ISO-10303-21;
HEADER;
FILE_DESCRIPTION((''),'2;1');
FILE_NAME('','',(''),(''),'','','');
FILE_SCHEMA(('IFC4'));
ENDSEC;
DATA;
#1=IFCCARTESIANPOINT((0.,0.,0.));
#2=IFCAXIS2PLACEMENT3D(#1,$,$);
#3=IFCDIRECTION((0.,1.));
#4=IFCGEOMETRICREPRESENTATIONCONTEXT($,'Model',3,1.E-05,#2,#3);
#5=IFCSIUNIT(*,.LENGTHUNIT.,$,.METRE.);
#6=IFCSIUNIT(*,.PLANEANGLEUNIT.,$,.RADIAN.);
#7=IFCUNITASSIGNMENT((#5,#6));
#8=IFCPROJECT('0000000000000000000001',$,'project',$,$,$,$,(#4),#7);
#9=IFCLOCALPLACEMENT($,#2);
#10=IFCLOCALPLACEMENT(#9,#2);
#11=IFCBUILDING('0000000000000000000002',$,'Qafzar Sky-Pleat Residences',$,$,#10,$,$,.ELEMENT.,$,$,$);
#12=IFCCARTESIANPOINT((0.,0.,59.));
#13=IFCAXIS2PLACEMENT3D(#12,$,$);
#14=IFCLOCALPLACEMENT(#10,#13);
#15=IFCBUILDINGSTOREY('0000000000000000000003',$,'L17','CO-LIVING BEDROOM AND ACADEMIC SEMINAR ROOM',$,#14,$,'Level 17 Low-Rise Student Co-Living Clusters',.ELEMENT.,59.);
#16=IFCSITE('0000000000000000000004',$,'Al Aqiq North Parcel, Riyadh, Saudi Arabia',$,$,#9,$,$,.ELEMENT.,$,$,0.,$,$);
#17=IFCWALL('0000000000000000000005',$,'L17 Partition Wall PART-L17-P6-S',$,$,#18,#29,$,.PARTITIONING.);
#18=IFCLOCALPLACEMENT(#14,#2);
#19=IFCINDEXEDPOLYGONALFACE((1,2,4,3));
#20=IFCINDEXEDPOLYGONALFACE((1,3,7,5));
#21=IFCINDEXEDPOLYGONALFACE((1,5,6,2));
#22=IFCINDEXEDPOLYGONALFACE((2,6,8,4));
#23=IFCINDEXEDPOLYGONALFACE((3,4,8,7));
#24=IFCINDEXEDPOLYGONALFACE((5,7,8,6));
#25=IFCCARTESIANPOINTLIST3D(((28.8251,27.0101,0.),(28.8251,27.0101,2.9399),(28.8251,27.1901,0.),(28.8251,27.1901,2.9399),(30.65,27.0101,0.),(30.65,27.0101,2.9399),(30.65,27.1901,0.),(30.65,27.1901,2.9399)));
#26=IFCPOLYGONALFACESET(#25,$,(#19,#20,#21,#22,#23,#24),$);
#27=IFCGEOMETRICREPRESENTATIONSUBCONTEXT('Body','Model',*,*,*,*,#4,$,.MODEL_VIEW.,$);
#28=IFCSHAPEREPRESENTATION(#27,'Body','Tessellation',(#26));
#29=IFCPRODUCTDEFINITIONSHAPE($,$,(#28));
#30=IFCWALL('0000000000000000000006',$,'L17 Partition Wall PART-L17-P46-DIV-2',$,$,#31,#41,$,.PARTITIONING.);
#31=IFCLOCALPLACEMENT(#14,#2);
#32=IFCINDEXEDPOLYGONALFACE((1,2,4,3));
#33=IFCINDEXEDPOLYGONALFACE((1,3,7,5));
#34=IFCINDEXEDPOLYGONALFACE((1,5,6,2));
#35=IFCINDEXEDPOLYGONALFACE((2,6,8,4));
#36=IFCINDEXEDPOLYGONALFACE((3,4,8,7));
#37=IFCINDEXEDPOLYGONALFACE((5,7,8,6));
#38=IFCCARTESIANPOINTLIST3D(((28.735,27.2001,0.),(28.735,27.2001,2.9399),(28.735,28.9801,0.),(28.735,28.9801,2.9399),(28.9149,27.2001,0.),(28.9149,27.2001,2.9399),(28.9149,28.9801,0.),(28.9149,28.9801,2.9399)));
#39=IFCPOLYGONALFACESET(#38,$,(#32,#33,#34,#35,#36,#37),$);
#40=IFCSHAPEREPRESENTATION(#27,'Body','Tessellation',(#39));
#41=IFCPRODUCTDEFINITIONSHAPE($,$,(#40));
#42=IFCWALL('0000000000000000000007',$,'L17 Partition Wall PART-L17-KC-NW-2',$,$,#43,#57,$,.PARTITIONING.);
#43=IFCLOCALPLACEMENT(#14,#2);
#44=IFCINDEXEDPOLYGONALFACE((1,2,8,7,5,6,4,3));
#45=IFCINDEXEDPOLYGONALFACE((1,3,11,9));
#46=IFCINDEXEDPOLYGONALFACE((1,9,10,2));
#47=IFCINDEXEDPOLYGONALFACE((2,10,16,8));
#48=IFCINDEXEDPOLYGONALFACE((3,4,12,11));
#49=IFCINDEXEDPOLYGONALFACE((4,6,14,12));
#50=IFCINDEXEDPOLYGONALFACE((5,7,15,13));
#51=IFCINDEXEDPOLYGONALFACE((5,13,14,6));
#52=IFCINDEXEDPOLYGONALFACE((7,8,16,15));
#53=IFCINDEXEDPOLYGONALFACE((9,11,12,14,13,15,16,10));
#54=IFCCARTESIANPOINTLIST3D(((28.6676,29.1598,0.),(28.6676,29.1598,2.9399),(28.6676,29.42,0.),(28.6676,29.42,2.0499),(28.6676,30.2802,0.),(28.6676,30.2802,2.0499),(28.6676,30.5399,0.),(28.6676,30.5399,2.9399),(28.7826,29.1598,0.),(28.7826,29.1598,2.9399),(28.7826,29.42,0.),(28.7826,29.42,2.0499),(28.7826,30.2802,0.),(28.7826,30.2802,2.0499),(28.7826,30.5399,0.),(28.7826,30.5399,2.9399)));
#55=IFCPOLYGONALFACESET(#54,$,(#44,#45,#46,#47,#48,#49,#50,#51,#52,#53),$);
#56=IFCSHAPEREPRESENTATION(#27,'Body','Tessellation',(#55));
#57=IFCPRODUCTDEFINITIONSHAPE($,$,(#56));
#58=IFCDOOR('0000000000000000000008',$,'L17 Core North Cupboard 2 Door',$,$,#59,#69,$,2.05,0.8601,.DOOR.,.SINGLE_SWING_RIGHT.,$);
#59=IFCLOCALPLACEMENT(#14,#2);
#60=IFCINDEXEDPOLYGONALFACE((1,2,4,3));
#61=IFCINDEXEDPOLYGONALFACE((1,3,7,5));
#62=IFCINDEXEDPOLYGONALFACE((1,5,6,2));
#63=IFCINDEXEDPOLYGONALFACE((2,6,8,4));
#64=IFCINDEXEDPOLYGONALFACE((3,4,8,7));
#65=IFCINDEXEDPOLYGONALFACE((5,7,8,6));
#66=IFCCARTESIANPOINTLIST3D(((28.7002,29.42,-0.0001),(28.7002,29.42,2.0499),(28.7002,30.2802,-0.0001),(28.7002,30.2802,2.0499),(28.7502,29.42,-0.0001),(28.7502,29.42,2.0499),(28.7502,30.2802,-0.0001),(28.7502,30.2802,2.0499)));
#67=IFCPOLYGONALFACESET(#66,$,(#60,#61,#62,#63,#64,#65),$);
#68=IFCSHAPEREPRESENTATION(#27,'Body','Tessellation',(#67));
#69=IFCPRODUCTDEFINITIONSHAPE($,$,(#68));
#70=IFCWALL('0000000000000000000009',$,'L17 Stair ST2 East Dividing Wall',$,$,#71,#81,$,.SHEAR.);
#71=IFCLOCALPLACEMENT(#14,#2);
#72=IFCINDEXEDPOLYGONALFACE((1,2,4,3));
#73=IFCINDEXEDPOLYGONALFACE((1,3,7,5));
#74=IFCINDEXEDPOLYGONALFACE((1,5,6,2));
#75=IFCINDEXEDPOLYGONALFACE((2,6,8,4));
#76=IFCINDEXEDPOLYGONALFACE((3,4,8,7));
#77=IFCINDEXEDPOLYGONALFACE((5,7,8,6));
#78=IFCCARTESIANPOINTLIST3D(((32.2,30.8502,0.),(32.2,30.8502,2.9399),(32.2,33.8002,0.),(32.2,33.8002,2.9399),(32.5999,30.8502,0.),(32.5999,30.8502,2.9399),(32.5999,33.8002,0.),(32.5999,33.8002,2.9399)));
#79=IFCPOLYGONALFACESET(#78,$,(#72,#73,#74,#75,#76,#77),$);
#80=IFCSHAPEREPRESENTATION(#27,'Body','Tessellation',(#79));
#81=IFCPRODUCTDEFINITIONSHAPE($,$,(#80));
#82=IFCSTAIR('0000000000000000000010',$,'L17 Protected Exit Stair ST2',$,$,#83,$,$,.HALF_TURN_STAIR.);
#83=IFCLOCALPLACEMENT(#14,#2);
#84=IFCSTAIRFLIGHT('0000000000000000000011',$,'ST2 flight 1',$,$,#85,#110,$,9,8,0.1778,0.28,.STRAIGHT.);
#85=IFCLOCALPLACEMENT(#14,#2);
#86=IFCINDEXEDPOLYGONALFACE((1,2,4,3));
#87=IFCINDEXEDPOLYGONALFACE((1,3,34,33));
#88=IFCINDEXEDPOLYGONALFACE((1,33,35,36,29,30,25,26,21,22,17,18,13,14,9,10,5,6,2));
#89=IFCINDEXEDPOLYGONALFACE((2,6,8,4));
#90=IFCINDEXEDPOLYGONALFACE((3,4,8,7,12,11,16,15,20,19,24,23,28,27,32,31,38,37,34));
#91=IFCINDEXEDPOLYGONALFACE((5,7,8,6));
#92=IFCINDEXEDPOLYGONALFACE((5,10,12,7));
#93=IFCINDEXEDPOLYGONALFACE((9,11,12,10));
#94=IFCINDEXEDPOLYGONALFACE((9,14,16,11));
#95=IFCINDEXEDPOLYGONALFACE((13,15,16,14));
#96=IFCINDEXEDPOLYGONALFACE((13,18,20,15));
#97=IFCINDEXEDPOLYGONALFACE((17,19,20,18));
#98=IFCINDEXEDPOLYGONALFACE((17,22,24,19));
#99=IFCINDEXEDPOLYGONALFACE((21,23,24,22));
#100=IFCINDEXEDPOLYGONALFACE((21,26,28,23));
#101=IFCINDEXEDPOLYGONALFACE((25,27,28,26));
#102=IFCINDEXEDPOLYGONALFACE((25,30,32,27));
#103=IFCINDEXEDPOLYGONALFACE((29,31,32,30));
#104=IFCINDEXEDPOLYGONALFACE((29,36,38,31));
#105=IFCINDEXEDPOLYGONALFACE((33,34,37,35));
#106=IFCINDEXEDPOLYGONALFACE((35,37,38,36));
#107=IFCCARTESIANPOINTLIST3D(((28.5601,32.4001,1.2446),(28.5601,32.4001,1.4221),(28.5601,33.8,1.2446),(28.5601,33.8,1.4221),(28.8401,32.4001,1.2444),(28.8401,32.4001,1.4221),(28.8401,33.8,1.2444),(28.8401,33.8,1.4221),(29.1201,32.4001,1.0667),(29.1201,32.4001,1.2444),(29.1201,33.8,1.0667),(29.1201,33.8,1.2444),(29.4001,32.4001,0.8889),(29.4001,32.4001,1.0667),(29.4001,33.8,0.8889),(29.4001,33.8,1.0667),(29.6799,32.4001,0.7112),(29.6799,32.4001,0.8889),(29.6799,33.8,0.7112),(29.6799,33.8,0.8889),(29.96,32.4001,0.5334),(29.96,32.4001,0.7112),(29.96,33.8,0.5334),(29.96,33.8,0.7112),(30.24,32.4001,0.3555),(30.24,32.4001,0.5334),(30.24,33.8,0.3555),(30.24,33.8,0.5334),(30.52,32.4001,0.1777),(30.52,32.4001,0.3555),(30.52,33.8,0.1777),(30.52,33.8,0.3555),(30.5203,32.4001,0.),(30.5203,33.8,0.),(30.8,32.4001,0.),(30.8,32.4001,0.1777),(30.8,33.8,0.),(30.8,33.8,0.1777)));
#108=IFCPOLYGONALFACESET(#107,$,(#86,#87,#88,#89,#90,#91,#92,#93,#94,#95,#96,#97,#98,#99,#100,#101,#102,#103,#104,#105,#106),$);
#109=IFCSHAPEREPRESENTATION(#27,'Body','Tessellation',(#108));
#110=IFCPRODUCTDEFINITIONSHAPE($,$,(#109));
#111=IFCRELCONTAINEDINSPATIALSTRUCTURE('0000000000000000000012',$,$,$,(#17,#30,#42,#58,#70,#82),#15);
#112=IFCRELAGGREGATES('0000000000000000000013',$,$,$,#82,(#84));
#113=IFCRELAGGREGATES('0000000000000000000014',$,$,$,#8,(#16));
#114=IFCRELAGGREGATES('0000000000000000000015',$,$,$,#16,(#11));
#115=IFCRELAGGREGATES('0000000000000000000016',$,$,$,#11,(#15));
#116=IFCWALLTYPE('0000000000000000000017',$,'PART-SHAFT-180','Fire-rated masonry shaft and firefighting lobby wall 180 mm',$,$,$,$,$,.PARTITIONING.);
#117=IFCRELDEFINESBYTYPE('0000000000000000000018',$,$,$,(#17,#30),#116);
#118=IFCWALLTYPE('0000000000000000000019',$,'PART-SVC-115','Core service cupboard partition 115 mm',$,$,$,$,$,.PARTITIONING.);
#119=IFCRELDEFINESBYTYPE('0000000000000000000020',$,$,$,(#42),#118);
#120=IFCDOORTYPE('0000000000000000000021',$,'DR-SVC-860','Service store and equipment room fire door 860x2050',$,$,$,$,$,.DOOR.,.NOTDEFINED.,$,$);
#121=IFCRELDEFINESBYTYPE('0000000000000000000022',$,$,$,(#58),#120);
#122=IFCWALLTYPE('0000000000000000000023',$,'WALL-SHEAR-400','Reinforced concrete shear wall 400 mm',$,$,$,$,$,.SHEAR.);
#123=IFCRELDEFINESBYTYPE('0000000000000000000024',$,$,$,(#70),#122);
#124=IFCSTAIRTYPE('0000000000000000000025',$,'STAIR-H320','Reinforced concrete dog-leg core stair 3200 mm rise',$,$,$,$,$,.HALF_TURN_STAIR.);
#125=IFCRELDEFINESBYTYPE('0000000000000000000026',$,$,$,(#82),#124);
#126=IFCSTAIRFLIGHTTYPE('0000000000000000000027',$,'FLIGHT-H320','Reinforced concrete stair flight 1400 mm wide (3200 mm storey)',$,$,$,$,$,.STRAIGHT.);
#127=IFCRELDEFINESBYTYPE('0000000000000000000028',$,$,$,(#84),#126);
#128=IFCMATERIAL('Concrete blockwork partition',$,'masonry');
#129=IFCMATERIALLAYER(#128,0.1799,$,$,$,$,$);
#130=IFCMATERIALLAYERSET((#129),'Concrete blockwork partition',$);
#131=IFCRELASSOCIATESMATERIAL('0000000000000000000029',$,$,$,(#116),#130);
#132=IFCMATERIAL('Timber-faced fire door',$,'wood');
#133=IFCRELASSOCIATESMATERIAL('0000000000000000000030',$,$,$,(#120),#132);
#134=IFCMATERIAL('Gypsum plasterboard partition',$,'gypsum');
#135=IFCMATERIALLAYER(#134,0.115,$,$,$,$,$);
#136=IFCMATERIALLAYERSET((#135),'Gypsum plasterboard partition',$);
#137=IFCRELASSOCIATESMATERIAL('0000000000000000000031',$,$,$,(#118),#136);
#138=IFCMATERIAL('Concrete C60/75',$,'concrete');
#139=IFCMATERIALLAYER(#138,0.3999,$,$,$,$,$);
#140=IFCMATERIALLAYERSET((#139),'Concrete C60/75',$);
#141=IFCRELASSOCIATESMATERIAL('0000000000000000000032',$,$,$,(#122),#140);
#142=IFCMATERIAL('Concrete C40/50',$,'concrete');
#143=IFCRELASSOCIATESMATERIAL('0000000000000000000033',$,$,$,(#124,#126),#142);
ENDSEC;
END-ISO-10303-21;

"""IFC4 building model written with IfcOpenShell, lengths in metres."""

from ifc_helpers import new_model, si_unit, direction, frame, frame_2d, origin, place, context, subcontext, project, spatial, polyline, rectangle, outline, extrude, source, transform, mapped, material, layer, layer_set, type_object, element, fill, aggregate, save


model = new_model("IFC4")

# Units and contexts
model_context = context("Model", 3, precision=1e-05, world=origin(), true_north=direction((0.0, 1.0)))
body_context = subcontext(model_context, "Body", "Model", "MODEL_VIEW")
ifc_project = project(units=[si_unit("LENGTHUNIT", "METRE"), si_unit("PLANEANGLEUNIT", "RADIAN")], contexts=[model_context])

# Site, building, storey
site_placement = place(None, origin())
site = spatial("IfcSite", under=ifc_project, at=site_placement, Name="Al Aqiq North Parcel, Riyadh, Saudi Arabia", CompositionType="ELEMENT", RefElevation=0.0)
building_placement = place(site_placement, origin())
building = spatial("IfcBuilding", under=site, at=building_placement, Name="Qafzar Sky-Pleat Residences", CompositionType="ELEMENT")
storey_placement = place(building_placement, frame((0.0, 0.0, 59.0)))
storey = spatial("IfcBuildingStorey", under=building, at=storey_placement, Name="L17", Description="CO-LIVING BEDROOM AND ACADEMIC SEMINAR ROOM", LongName="Level 17 Low-Rise Student Co-Living Clusters", CompositionType="ELEMENT", Elevation=59.0)

# Shared definitions
ifc_material_1 = material(Name="Timber-faced fire door", Category="wood")
ifc_material_2 = material(Name="Concrete blockwork partition", Category="masonry")
ifc_layer_1 = layer(ifc_material_2, 0.1799)
ifc_layer_set_1 = layer_set([ifc_layer_1], Name="Concrete blockwork partition")
wall_type_1 = type_object("IfcWallType", Name="PART-SHAFT-180", Description="Fire-rated masonry shaft and firefighting lobby wall 180 mm", PredefinedType="PARTITIONING", material=ifc_layer_set_1)
door_type_1 = type_object("IfcDoorType", Name="DR-SVC-860", Description="Service store and equipment room fire door 860x2050", OperationType="NOTDEFINED", PredefinedType="DOOR", material=ifc_material_1)
shared_shape_1 = source(origin(), body_context, "Body", "SweptSolid", [
    extrude(rectangle(XDim=0.8601, YDim=2.05, at=frame_2d((0.4302, 1.0249))), frame((0.0, 0.0249, 0.0), z_axis=(0.0, -1.0, 0.0), x_axis=(1.0, 0.0, 0.0)), (0.0, 0.0, 1.0), 0.05),
])

# Walls
wall_1_placement = place(storey_placement, frame((28.825, 27.1001, 0.0), z_axis=(0.0, 0.0, 1.0), x_axis=(1.0, 0.0, 0.0)))
element("IfcWall", 1, at=wall_1_placement, inside=storey, type_object=wall_type_1, Name="L17 Partition Wall PART-L17-P6-S", PredefinedType="PARTITIONING", context=body_context, shape_type="SweptSolid", body=[
    extrude(rectangle(XDim=1.825, YDim=0.1799, at=frame_2d((0.9126, 0.0))), origin(), (0.0, 0.0, 1.0), 2.9399),
])
wall_2_placement = place(storey_placement, frame((28.825, 27.2, 0.0), z_axis=(0.0, 0.0, 1.0), x_axis=(0.0, 1.0, 0.0)))
element("IfcWall", 2, at=wall_2_placement, inside=storey, type_object=wall_type_1, Name="L17 Partition Wall PART-L17-P46-DIV-2", PredefinedType="PARTITIONING", context=body_context, shape_type="SweptSolid", body=[
    extrude(rectangle(XDim=1.78, YDim=0.1799, at=frame_2d((0.8901, 0.0))), origin(), (0.0, 0.0, 1.0), 2.9399),
])

# Wall, opening, door
ifc_material_3 = material(Name="Gypsum plasterboard partition", Category="gypsum")
ifc_layer_2 = layer(ifc_material_3, 0.115)
ifc_layer_set_2 = layer_set([ifc_layer_2], Name="Gypsum plasterboard partition")
wall_type_2 = type_object("IfcWallType", Name="PART-SVC-115", Description="Core service cupboard partition 115 mm", PredefinedType="PARTITIONING", material=ifc_layer_set_2)
wall_3_placement = place(storey_placement, frame((28.7251, 29.1599, 0.0), z_axis=(0.0, 0.0, 1.0), x_axis=(0.0, 1.0, 0.0)))
wall_3 = element("IfcWall", 3, at=wall_3_placement, inside=storey, type_object=wall_type_2, Name="L17 Partition Wall PART-L17-KC-NW-2", PredefinedType="PARTITIONING", context=body_context, shape_type="SweptSolid", body=[
    extrude(rectangle(XDim=1.3801, YDim=0.115, at=frame_2d((0.6899, 0.0))), origin(), (0.0, 0.0, 1.0), 2.9399),
])
opening_1_placement = place(wall_3_placement, frame((0.26, 0.0, 0.0)))
opening_1 = element("IfcOpeningElement", 4, at=opening_1_placement, cuts=wall_3, PredefinedType="OPENING", context=body_context, shape_type="SweptSolid", body=[
    extrude(rectangle(XDim=0.8601, YDim=2.05, at=frame_2d((0.4302, 1.0249))), frame((0.0, 0.0674, 0.0), z_axis=(0.0, -1.0, 0.0), x_axis=(1.0, 0.0, 0.0)), (0.0, 0.0, 1.0), 0.135),
])
door_1_placement = place(opening_1_placement, origin())
door_1 = element("IfcDoor", 5, at=door_1_placement, inside=storey, type_object=door_type_1, Name="L17 Core North Cupboard 2 Door", OperationType="SINGLE_SWING_RIGHT", OverallHeight=2.05, OverallWidth=0.8601, PredefinedType="DOOR", context=body_context, shape_type="MappedRepresentation", body=[
    mapped(shared_shape_1, transform((0.0, 0.0, 0.0), x_axis=(1.0, 0.0, 0.0), y_axis=(0.0, 1.0, 0.0), z_axis=(0.0, 0.0, 1.0), scale=1.0)),
])
fill(opening_1, door_1)

# Wall
ifc_material_4 = material(Name="Concrete C60/75", Category="concrete")
ifc_layer_3 = layer(ifc_material_4, 0.3999)
ifc_layer_set_3 = layer_set([ifc_layer_3], Name="Concrete C60/75")
wall_type_3 = type_object("IfcWallType", Name="WALL-SHEAR-400", Description="Reinforced concrete shear wall 400 mm", PredefinedType="SHEAR", material=ifc_layer_set_3)
wall_4_placement = place(storey_placement, frame((32.3999, 30.8501, 0.0), z_axis=(0.0, 0.0, 1.0), x_axis=(0.0, 1.0, 0.0)))
element("IfcWall", 6, at=wall_4_placement, inside=storey, type_object=wall_type_3, Name="L17 Stair ST2 East Dividing Wall", PredefinedType="SHEAR", context=body_context, shape_type="SweptSolid", body=[
    extrude(rectangle(XDim=2.95, YDim=0.3999, at=frame_2d((1.4751, 0.0))), origin(), (0.0, 0.0, 1.0), 2.9399),
])

# Stair, stair flight
ifc_material_5 = material(Name="Concrete C40/50", Category="concrete")
stair_type = type_object("IfcStairType", Name="STAIR-H320", Description="Reinforced concrete dog-leg core stair 3200 mm rise", PredefinedType="HALF_TURN_STAIR", material=ifc_material_5)
stair_placement = place(storey_placement, origin())
stair = element("IfcStair", 7, at=stair_placement, inside=storey, type_object=stair_type, Name="L17 Protected Exit Stair ST2", PredefinedType="HALF_TURN_STAIR")
stair_flight_type = type_object("IfcStairFlightType", Name="FLIGHT-H320", Description="Reinforced concrete stair flight 1400 mm wide (3200 mm storey)", PredefinedType="STRAIGHT", material=ifc_material_5)
shared_shape_2 = source(origin(), body_context, "Body", "SweptSolid", [
    extrude(outline(polyline([(0.0, 0.0), (0.0, 0.1777), (0.28, 0.1777), (0.28, 0.3555), (0.5601, 0.3555), (0.5601, 0.5334), (0.8401, 0.5334), (0.8401, 0.7112), (1.1201, 0.7112), (1.1201, 0.8889), (1.3999, 0.8889), (1.3999, 1.0667), (1.6799, 1.0667), (1.6799, 1.2444), (1.96, 1.2444), (1.96, 1.4221), (2.24, 1.4221), (2.24, 1.6001), (2.24, 1.2446), (0.2798, 0.0), (0.0, 0.0)])), frame((0.0, 0.7, 0.0), z_axis=(0.0, -1.0, 0.0), x_axis=(1.0, 0.0, 0.0)), (0.0, 0.0, 1.0), 1.3999),
])
stair_flight_placement = place(storey_placement, frame((30.8, 33.1001, 0.0), z_axis=(0.0, 0.0, 1.0), x_axis=(-1.0, 0.0, 0.0)))
stair_flight = element("IfcStairFlight", 8, at=stair_flight_placement, type_object=stair_flight_type, Name="ST2 flight 1", NumberOfRisers=9, NumberOfTreads=8, PredefinedType="STRAIGHT", RiserHeight=0.1778, TreadLength=0.28, context=body_context, shape_type="MappedRepresentation", body=[
    mapped(shared_shape_2, transform((0.0, 0.0, 0.0), x_axis=(1.0, 0.0, 0.0), y_axis=(0.0, 1.0, 0.0), z_axis=(0.0, 0.0, 1.0), scale=1.0)),
])
aggregate(stair, [stair_flight])

save(model, "model.ifc")
